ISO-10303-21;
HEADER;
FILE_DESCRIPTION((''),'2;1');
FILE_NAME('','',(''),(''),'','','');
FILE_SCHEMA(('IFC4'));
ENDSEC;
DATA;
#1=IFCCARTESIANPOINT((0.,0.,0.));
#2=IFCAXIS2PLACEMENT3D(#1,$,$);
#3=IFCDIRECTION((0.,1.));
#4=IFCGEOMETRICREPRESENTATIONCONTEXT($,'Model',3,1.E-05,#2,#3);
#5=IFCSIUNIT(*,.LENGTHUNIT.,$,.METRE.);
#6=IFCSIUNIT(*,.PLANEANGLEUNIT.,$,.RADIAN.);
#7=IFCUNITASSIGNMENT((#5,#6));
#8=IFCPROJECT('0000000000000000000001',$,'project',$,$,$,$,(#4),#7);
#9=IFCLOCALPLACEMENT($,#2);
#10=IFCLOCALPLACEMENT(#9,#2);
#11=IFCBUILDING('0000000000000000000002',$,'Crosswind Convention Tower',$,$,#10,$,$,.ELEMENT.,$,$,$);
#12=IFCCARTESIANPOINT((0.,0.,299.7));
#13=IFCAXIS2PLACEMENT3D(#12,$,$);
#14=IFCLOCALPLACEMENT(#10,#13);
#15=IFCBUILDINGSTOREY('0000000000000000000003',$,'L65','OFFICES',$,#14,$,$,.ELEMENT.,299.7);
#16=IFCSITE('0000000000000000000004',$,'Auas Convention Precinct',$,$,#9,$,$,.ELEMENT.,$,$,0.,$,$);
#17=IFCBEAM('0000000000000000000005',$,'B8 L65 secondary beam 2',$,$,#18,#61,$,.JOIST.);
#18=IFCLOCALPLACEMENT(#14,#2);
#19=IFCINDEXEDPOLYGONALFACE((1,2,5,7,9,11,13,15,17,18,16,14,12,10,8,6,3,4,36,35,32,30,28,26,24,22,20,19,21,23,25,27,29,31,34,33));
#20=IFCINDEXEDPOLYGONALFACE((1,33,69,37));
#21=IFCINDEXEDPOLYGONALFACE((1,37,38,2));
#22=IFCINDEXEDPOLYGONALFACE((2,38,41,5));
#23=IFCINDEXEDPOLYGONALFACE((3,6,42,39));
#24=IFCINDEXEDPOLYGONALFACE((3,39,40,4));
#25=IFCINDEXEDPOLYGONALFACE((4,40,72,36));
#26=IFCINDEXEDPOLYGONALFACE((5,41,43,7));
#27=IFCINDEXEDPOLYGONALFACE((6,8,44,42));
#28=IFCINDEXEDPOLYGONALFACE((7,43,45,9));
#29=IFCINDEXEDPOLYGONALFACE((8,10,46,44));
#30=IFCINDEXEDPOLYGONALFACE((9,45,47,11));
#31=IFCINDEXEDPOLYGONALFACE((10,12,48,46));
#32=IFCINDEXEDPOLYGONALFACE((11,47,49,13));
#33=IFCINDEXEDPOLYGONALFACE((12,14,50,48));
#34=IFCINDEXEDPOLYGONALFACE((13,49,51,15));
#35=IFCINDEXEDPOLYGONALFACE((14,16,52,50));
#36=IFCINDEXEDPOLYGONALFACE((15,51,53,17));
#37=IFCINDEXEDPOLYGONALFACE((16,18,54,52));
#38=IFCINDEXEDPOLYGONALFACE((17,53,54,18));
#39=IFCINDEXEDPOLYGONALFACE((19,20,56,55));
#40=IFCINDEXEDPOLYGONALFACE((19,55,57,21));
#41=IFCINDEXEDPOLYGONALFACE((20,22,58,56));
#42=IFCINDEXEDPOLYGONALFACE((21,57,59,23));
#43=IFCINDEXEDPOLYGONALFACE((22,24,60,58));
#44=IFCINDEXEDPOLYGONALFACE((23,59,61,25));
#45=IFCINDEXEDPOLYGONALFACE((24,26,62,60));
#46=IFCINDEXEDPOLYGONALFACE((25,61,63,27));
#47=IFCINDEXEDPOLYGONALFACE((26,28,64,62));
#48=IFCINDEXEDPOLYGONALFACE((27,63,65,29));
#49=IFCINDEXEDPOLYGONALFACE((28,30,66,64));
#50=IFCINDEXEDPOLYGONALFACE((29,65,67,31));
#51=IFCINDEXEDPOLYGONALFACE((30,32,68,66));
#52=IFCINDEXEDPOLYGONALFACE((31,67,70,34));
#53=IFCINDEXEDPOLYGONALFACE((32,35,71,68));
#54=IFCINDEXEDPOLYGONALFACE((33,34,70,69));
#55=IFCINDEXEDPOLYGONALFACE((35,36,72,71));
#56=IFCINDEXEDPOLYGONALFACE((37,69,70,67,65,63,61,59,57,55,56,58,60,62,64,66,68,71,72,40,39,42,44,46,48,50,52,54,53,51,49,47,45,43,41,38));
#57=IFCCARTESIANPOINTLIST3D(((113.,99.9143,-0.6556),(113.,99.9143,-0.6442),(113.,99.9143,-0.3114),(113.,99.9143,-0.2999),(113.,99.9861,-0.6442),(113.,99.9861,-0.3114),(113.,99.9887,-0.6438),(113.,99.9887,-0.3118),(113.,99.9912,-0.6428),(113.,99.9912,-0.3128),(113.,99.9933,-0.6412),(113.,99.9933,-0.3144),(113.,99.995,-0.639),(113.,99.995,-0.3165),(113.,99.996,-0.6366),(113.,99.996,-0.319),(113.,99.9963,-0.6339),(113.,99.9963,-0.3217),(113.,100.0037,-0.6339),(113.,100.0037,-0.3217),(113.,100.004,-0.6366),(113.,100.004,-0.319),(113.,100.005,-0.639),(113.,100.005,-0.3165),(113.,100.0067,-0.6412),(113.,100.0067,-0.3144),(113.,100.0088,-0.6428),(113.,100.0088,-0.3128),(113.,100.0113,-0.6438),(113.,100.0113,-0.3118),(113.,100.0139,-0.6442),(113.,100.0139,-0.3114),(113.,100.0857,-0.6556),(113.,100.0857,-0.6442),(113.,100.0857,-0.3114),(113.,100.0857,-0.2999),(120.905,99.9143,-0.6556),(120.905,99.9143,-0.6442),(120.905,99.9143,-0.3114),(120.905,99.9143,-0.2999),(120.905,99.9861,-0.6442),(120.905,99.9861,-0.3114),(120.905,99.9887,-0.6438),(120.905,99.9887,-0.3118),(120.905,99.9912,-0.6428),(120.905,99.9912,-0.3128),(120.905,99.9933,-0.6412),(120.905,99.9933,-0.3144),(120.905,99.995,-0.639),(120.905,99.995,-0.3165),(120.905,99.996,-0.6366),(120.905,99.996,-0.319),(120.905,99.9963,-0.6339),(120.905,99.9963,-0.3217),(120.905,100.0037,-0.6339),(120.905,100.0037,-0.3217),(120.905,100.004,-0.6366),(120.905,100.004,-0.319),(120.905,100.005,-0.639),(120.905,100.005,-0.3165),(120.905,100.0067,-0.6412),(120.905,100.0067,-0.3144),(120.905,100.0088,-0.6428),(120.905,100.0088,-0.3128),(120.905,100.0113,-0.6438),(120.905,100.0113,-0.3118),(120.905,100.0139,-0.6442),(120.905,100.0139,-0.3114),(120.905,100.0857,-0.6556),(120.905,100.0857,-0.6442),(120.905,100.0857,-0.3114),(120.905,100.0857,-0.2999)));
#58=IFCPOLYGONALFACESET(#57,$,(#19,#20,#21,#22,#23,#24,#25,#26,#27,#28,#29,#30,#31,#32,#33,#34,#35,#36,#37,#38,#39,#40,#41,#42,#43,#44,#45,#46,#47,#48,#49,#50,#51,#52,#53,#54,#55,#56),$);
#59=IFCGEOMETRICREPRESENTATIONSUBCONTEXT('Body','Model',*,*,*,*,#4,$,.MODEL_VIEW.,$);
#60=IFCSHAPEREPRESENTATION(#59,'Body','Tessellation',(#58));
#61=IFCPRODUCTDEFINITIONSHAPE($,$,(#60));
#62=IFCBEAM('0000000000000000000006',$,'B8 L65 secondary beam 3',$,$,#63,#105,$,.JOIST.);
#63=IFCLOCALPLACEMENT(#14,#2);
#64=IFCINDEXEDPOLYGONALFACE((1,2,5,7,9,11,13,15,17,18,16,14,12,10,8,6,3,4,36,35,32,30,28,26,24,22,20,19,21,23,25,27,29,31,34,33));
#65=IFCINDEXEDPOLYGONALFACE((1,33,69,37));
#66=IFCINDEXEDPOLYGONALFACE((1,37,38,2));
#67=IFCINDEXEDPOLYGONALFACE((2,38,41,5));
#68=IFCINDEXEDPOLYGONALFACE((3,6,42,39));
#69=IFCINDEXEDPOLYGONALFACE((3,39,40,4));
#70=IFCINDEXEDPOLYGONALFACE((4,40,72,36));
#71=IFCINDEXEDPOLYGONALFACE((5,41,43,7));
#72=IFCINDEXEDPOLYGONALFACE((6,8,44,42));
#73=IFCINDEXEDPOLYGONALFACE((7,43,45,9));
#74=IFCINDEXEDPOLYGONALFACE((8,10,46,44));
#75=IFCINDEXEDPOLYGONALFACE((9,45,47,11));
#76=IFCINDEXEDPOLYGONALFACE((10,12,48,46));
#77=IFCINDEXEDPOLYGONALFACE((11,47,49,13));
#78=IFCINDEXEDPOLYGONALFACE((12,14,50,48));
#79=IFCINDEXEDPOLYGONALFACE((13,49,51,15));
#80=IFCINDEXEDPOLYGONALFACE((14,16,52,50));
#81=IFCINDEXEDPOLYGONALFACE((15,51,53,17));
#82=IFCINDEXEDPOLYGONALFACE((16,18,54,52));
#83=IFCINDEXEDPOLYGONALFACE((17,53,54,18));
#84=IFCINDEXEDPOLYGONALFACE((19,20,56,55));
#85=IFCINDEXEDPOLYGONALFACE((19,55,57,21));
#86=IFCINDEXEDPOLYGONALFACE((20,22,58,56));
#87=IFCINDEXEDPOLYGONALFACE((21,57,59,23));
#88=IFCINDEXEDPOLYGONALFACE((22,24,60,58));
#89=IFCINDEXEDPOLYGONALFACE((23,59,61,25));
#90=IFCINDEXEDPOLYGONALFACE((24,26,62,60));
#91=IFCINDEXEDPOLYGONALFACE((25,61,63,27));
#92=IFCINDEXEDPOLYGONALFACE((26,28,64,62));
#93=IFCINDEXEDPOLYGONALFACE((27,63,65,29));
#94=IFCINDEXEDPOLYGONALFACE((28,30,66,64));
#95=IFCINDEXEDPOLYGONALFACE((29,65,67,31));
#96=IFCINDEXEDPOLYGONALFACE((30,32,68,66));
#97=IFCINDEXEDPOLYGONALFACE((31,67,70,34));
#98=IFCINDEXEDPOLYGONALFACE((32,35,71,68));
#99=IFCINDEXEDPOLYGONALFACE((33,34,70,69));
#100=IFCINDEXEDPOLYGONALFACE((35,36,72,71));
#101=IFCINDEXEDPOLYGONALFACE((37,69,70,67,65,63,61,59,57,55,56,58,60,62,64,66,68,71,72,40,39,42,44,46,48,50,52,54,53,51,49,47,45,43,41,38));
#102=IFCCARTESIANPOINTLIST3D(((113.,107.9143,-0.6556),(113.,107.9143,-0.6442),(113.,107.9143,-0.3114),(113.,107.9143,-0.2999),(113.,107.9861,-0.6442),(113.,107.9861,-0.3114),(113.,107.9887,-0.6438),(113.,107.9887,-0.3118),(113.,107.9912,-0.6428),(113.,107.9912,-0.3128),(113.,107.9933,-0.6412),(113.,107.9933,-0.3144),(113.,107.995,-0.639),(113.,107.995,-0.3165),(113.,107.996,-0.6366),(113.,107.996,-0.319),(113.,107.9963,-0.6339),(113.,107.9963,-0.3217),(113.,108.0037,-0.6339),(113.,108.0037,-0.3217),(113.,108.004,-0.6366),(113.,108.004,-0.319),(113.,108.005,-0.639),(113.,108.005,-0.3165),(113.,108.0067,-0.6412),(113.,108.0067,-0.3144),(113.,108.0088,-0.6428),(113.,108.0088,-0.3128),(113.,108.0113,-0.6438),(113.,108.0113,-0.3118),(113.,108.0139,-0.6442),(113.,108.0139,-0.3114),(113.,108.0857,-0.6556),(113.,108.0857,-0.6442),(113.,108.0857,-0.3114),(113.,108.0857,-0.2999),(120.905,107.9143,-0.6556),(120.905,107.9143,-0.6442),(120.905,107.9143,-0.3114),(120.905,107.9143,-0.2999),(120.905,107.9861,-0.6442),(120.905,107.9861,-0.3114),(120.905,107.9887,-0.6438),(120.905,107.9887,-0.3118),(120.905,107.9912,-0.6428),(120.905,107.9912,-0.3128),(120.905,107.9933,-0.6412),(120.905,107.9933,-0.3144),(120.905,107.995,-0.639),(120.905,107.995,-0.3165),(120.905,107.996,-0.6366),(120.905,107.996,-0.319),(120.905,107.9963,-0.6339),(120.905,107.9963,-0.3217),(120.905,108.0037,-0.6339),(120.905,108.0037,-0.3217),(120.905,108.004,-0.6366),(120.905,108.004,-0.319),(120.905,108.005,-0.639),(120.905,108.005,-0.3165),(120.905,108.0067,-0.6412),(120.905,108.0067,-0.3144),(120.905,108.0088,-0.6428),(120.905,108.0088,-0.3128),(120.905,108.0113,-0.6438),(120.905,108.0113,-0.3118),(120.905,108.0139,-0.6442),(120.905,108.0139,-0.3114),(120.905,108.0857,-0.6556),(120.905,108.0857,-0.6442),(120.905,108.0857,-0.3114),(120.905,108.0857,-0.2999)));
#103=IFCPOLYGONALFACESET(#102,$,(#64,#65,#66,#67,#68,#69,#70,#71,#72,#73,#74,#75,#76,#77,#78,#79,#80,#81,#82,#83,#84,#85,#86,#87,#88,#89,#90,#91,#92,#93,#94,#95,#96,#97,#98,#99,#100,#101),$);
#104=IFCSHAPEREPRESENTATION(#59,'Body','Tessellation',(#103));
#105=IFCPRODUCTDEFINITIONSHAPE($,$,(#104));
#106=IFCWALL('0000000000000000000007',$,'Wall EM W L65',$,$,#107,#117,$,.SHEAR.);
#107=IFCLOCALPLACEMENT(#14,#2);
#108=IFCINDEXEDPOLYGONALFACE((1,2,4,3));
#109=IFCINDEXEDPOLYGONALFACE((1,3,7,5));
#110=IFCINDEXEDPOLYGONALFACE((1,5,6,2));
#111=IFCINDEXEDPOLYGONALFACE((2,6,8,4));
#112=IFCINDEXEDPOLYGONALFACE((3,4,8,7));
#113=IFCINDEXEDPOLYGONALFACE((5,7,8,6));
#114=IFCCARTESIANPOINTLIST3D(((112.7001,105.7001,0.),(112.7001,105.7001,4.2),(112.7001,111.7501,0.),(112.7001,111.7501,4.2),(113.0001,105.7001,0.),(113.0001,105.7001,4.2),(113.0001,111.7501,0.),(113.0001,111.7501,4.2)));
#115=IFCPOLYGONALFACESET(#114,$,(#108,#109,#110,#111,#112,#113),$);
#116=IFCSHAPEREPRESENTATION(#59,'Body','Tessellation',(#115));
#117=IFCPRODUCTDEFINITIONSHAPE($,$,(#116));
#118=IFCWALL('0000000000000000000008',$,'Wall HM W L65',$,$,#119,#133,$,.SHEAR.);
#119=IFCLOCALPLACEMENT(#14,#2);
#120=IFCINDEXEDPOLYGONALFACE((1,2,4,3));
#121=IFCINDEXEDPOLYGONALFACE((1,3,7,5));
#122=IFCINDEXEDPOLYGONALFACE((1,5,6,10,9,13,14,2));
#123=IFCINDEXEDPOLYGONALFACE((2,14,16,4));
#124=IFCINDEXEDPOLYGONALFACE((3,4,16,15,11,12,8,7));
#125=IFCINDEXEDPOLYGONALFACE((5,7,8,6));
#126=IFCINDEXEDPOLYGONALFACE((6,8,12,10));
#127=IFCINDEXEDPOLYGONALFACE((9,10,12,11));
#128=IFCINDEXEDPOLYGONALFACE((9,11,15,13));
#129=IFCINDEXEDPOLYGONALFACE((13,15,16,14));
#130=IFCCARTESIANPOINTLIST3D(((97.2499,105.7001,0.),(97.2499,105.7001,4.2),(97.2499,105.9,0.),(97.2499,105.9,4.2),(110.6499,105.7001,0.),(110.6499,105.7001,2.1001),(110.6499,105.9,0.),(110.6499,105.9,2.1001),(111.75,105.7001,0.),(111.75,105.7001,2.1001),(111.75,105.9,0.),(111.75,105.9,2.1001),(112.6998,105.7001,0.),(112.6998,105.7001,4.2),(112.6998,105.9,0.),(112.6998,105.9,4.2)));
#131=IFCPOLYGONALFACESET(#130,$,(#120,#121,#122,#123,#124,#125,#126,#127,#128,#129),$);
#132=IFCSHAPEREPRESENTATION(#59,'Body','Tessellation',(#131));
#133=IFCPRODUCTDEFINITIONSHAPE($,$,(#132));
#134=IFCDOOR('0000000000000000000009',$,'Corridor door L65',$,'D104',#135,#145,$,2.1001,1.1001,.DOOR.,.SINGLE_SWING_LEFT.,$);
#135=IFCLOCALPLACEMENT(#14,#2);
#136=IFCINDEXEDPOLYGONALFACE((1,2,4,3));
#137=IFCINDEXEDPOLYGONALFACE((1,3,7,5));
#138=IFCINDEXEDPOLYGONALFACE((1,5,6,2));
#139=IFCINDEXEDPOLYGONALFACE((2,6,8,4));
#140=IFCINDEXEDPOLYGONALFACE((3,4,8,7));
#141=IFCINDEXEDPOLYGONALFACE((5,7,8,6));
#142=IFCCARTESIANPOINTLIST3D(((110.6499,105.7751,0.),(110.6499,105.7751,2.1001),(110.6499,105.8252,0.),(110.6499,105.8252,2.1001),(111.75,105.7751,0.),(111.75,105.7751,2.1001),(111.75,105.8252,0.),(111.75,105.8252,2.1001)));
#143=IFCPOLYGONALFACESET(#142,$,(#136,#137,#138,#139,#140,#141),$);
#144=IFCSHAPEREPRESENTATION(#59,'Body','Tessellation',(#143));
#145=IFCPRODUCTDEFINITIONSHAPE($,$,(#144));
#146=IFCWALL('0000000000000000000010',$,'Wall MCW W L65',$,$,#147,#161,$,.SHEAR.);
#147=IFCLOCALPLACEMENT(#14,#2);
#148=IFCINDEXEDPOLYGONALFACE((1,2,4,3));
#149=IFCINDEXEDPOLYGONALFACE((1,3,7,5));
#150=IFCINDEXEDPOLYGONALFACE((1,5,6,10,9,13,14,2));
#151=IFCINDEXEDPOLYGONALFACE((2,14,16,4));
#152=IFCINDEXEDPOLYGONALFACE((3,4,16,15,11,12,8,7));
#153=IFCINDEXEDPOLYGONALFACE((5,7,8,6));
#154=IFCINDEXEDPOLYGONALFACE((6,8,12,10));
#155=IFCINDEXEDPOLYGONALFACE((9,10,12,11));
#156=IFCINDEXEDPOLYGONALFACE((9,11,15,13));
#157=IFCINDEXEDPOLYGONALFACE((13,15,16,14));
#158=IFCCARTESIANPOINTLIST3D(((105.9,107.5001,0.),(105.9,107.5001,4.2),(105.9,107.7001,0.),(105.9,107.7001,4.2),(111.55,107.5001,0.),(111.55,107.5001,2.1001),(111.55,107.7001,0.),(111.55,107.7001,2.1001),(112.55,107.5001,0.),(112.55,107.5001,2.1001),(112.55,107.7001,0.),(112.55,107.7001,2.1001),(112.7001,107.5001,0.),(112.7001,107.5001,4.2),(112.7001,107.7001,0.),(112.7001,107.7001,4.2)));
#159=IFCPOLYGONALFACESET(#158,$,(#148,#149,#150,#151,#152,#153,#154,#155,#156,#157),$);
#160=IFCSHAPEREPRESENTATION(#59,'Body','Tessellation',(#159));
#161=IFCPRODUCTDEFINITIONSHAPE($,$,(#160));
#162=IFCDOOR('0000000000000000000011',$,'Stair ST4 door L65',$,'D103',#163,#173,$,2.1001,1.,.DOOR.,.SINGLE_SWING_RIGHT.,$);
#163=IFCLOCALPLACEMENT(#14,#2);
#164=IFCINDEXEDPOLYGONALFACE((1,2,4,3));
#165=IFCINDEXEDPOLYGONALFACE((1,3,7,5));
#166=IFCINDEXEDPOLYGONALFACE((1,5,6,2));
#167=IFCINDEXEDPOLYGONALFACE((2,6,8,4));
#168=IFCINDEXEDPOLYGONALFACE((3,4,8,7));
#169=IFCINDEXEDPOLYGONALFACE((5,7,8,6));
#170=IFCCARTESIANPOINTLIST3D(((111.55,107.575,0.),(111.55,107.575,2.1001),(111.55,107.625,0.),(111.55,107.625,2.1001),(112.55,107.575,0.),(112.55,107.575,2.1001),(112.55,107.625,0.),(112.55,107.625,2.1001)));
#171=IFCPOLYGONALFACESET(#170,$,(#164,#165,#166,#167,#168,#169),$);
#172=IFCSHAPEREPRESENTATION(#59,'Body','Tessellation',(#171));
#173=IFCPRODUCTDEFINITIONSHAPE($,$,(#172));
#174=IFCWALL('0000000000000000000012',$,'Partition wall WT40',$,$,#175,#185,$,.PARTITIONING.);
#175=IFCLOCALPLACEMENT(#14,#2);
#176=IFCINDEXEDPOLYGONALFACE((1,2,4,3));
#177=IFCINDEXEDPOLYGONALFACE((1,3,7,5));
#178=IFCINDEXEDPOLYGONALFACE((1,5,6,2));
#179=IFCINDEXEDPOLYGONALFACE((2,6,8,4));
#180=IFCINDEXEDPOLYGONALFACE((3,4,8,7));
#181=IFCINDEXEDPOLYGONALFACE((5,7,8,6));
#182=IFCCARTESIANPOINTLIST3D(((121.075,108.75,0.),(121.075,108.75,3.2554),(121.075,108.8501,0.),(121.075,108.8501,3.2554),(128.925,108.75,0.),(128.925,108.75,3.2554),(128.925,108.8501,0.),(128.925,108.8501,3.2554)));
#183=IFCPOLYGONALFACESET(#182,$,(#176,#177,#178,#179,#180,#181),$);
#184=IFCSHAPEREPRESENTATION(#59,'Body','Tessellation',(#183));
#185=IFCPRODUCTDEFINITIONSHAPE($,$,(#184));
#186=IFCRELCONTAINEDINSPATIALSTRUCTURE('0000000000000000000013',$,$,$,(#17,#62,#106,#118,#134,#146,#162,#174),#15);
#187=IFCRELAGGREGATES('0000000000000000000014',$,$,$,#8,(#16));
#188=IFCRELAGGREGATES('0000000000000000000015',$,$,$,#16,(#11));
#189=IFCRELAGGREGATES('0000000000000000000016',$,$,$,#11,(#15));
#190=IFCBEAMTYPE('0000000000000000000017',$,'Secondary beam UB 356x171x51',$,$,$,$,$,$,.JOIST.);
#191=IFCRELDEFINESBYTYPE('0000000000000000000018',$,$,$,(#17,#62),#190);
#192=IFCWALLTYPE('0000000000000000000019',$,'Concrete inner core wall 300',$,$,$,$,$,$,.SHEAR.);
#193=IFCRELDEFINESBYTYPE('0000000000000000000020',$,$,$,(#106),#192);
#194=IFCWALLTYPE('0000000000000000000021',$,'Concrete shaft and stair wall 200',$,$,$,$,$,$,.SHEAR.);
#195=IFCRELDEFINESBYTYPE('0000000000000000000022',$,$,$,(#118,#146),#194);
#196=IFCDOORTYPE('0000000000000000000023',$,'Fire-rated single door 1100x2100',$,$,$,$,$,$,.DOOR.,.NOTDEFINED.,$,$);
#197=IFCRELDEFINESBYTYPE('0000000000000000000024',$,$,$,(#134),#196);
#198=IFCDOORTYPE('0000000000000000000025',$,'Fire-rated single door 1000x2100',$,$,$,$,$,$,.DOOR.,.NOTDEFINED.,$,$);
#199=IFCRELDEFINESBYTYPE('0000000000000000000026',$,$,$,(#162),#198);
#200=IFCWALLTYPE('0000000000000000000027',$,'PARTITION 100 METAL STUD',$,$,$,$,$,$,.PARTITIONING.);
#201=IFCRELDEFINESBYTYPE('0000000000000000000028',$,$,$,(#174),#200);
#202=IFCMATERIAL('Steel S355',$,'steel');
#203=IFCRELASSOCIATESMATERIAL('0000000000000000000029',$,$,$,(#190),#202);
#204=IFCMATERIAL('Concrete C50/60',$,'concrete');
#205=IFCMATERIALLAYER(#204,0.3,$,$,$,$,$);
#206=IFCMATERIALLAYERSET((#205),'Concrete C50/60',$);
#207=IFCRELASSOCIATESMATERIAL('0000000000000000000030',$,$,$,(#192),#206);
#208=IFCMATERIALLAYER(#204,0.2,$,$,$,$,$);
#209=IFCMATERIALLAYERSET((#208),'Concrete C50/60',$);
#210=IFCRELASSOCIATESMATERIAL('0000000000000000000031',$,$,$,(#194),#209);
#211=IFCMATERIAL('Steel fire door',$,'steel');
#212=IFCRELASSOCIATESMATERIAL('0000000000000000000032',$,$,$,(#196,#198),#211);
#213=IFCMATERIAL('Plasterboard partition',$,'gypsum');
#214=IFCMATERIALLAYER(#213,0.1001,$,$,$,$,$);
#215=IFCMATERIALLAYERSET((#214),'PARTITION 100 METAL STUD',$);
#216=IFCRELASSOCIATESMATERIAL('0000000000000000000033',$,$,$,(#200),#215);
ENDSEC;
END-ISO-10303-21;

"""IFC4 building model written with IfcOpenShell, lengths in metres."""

from ifc_helpers import new_model, si_unit, direction, frame, frame_2d, origin, origin_2d, place, context, subcontext, project, spatial, rectangle, i_section, extrude, material, layer, layer_set, material_profile, profile_set, type_object, element, fill, save


model = new_model("IFC4")

# Units and contexts
model_context = context("Model", 3, precision=1e-05, world=origin(), true_north=direction((0.0, 1.0)))
body_context = subcontext(model_context, "Body", "Model", "MODEL_VIEW")
ifc_project = project(units=[si_unit("LENGTHUNIT", "METRE"), si_unit("PLANEANGLEUNIT", "RADIAN")], contexts=[model_context])

# Site, building, storey
site_placement = place(None, origin())
site = spatial("IfcSite", under=ifc_project, at=site_placement, Name="Auas Convention Precinct", CompositionType="ELEMENT", RefElevation=0.0)
building_placement = place(site_placement, origin())
building = spatial("IfcBuilding", under=site, at=building_placement, Name="Crosswind Convention Tower", CompositionType="ELEMENT")
storey_placement = place(building_placement, frame((0.0, 0.0, 299.7)))
storey = spatial("IfcBuildingStorey", under=building, at=storey_placement, Name="L65", Description="OFFICES", CompositionType="ELEMENT", Elevation=299.7)

# Beams
ifc_material_1 = material(Name="Steel S355", Category="steel")
ifc_material_profile_1 = material_profile(ifc_material_1, i_section(OverallWidth=0.1714, OverallDepth=0.3557, WebThickness=0.0073, FlangeThickness=0.0115, FilletRadius=0.0103, at=origin_2d()), Name="UB 356x171x51")
ifc_profile_set_1 = profile_set([ifc_material_profile_1], Name="Steel S355")
beam_type_1 = type_object("IfcBeamType", Name="Secondary beam UB 356x171x51", PredefinedType="JOIST", material=ifc_profile_set_1)
for number, where, z_axis, x_axis, name in (
    (1, (113.0, 100.0, -0.4778), (1.0, 0.0, 0.0), (0.0, 1.0, 0.0), "B8 L65 secondary beam 2"),
    (2, (113.0, 108.0, -0.4778), (1.0, 0.0, 0.0), (0.0, 1.0, 0.0), "B8 L65 secondary beam 3"),
):
    element("IfcBeam", number, at=place(storey_placement, frame(where, z_axis=z_axis, x_axis=x_axis)), inside=storey, type_object=beam_type_1, Name=name, PredefinedType="JOIST", context=body_context, shape_type="SweptSolid", body=[
        extrude(i_section(OverallWidth=0.1714, OverallDepth=0.3557, WebThickness=0.0073, FlangeThickness=0.0115, FilletRadius=0.0103, at=origin_2d()), origin(), (0.0, 0.0, 1.0), 7.905),
    ])

# Shared definitions
ifc_material_2 = material(Name="Concrete C50/60", Category="concrete")
ifc_layer_1 = layer(ifc_material_2, 0.3)
ifc_layer_set_1 = layer_set([ifc_layer_1], Name="Concrete C50/60")
wall_type_1 = type_object("IfcWallType", Name="Concrete inner core wall 300", PredefinedType="SHEAR", material=ifc_layer_set_1)

# Wall
wall_1_placement = place(storey_placement, frame((112.8501, 111.75, 0.0), z_axis=(0.0, 0.0, 1.0), x_axis=(0.0, -1.0, 0.0)))
element("IfcWall", 3, at=wall_1_placement, inside=storey, type_object=wall_type_1, Name="Wall EM W L65", PredefinedType="SHEAR", context=body_context, shape_type="SweptSolid", body=[
    extrude(rectangle(XDim=6.05, YDim=0.3, at=frame_2d((3.0249, 0.0))), origin(), (0.0, 0.0, 1.0), 4.2),
])

# Walls, openings, doors
ifc_layer_2 = layer(ifc_material_2, 0.2)
ifc_layer_set_2 = layer_set([ifc_layer_2], Name="Concrete C50/60")
wall_type_2 = type_object("IfcWallType", Name="Concrete shaft and stair wall 200", PredefinedType="SHEAR", material=ifc_layer_set_2)
wall_2_placement = place(storey_placement, frame((112.7, 105.8, 0.0), z_axis=(0.0, 0.0, 1.0), x_axis=(-1.0, 0.0, 0.0)))
wall_2 = element("IfcWall", 4, at=wall_2_placement, inside=storey, type_object=wall_type_2, Name="Wall HM W L65", PredefinedType="SHEAR", context=body_context, shape_type="SweptSolid", body=[
    extrude(rectangle(XDim=15.45, YDim=0.2, at=frame_2d((7.7251, 0.0))), origin(), (0.0, 0.0, 1.0), 4.2),
])
opening_1_placement = place(wall_2_placement, frame((0.95, 0.0, 0.0)))
opening_1 = element("IfcOpeningElement", 5, at=opening_1_placement, cuts=wall_2, PredefinedType="OPENING", context=body_context, shape_type="SweptSolid", body=[
    extrude(rectangle(XDim=1.1001, YDim=2.1001, at=frame_2d((0.55, 1.05))), frame((0.0, 0.1099, 0.0), z_axis=(0.0, -1.0, 0.0), x_axis=(1.0, 0.0, 0.0)), (0.0, 0.0, 1.0), 0.22),
])
ifc_material_3 = material(Name="Steel fire door", Category="steel")
door_type_1 = type_object("IfcDoorType", Name="Fire-rated single door 1100x2100", OperationType="NOTDEFINED", PredefinedType="DOOR", material=ifc_material_3)
door_1_placement = place(opening_1_placement, origin())
door_1 = element("IfcDoor", 6, at=door_1_placement, inside=storey, type_object=door_type_1, Name="Corridor door L65", ObjectType="D104", OperationType="SINGLE_SWING_LEFT", OverallHeight=2.1001, OverallWidth=1.1001, PredefinedType="DOOR", context=body_context, shape_type="SweptSolid", body=[
    extrude(rectangle(XDim=1.1001, YDim=2.1001, at=frame_2d((0.55, 1.05))), frame((0.0, 0.0249, 0.0), z_axis=(0.0, -1.0, 0.0), x_axis=(1.0, 0.0, 0.0)), (0.0, 0.0, 1.0), 0.05),
])
fill(opening_1, door_1)
wall_3_placement = place(storey_placement, frame((112.7, 107.6001, 0.0), z_axis=(0.0, 0.0, 1.0), x_axis=(-1.0, 0.0, 0.0)))
wall_3 = element("IfcWall", 7, at=wall_3_placement, inside=storey, type_object=wall_type_2, Name="Wall MCW W L65", PredefinedType="SHEAR", context=body_context, shape_type="SweptSolid", body=[
    extrude(rectangle(XDim=6.8, YDim=0.2, at=frame_2d((3.3999, 0.0))), origin(), (0.0, 0.0, 1.0), 4.2),
])
opening_2_placement = place(wall_3_placement, frame((0.1499, 0.0, 0.0)))
opening_2 = element("IfcOpeningElement", 8, at=opening_2_placement, cuts=wall_3, PredefinedType="OPENING", context=body_context, shape_type="SweptSolid", body=[
    extrude(rectangle(XDim=1.0, YDim=2.1001, at=frame_2d((0.5, 1.05))), frame((0.0, 0.1099, 0.0), z_axis=(0.0, -1.0, 0.0), x_axis=(1.0, 0.0, 0.0)), (0.0, 0.0, 1.0), 0.22),
])
door_type_2 = type_object("IfcDoorType", Name="Fire-rated single door 1000x2100", OperationType="NOTDEFINED", PredefinedType="DOOR", material=ifc_material_3)
door_2_placement = place(opening_2_placement, frame((1.0, 0.0, 0.0), z_axis=(0.0, 0.0, 1.0), x_axis=(-1.0, 0.0, 0.0)))
door_2 = element("IfcDoor", 9, at=door_2_placement, inside=storey, type_object=door_type_2, Name="Stair ST4 door L65", ObjectType="D103", OperationType="SINGLE_SWING_RIGHT", OverallHeight=2.1001, OverallWidth=1.0, PredefinedType="DOOR", context=body_context, shape_type="SweptSolid", body=[
    extrude(rectangle(XDim=1.0, YDim=2.1001, at=frame_2d((0.5, 1.05))), frame((0.0, 0.0249, 0.0), z_axis=(0.0, -1.0, 0.0), x_axis=(1.0, 0.0, 0.0)), (0.0, 0.0, 1.0), 0.05),
])
fill(opening_2, door_2)

# Wall
ifc_material_4 = material(Name="Plasterboard partition", Category="gypsum")
ifc_layer_3 = layer(ifc_material_4, 0.1001)
ifc_layer_set_3 = layer_set([ifc_layer_3], Name="PARTITION 100 METAL STUD")
wall_type_3 = type_object("IfcWallType", Name="PARTITION 100 METAL STUD", PredefinedType="PARTITIONING", material=ifc_layer_set_3)
wall_4_placement = place(storey_placement, frame((121.075, 108.8, 0.0), z_axis=(0.0, 0.0, 1.0), x_axis=(1.0, 0.0, 0.0)))
element("IfcWall", 10, at=wall_4_placement, inside=storey, type_object=wall_type_3, Name="Partition wall WT40", PredefinedType="PARTITIONING", context=body_context, shape_type="SweptSolid", body=[
    extrude(rectangle(XDim=7.8501, YDim=0.1001, at=frame_2d((3.925, 0.0))), origin(), (0.0, 0.0, 1.0), 3.2554),
])

save(model, "model.ifc")
